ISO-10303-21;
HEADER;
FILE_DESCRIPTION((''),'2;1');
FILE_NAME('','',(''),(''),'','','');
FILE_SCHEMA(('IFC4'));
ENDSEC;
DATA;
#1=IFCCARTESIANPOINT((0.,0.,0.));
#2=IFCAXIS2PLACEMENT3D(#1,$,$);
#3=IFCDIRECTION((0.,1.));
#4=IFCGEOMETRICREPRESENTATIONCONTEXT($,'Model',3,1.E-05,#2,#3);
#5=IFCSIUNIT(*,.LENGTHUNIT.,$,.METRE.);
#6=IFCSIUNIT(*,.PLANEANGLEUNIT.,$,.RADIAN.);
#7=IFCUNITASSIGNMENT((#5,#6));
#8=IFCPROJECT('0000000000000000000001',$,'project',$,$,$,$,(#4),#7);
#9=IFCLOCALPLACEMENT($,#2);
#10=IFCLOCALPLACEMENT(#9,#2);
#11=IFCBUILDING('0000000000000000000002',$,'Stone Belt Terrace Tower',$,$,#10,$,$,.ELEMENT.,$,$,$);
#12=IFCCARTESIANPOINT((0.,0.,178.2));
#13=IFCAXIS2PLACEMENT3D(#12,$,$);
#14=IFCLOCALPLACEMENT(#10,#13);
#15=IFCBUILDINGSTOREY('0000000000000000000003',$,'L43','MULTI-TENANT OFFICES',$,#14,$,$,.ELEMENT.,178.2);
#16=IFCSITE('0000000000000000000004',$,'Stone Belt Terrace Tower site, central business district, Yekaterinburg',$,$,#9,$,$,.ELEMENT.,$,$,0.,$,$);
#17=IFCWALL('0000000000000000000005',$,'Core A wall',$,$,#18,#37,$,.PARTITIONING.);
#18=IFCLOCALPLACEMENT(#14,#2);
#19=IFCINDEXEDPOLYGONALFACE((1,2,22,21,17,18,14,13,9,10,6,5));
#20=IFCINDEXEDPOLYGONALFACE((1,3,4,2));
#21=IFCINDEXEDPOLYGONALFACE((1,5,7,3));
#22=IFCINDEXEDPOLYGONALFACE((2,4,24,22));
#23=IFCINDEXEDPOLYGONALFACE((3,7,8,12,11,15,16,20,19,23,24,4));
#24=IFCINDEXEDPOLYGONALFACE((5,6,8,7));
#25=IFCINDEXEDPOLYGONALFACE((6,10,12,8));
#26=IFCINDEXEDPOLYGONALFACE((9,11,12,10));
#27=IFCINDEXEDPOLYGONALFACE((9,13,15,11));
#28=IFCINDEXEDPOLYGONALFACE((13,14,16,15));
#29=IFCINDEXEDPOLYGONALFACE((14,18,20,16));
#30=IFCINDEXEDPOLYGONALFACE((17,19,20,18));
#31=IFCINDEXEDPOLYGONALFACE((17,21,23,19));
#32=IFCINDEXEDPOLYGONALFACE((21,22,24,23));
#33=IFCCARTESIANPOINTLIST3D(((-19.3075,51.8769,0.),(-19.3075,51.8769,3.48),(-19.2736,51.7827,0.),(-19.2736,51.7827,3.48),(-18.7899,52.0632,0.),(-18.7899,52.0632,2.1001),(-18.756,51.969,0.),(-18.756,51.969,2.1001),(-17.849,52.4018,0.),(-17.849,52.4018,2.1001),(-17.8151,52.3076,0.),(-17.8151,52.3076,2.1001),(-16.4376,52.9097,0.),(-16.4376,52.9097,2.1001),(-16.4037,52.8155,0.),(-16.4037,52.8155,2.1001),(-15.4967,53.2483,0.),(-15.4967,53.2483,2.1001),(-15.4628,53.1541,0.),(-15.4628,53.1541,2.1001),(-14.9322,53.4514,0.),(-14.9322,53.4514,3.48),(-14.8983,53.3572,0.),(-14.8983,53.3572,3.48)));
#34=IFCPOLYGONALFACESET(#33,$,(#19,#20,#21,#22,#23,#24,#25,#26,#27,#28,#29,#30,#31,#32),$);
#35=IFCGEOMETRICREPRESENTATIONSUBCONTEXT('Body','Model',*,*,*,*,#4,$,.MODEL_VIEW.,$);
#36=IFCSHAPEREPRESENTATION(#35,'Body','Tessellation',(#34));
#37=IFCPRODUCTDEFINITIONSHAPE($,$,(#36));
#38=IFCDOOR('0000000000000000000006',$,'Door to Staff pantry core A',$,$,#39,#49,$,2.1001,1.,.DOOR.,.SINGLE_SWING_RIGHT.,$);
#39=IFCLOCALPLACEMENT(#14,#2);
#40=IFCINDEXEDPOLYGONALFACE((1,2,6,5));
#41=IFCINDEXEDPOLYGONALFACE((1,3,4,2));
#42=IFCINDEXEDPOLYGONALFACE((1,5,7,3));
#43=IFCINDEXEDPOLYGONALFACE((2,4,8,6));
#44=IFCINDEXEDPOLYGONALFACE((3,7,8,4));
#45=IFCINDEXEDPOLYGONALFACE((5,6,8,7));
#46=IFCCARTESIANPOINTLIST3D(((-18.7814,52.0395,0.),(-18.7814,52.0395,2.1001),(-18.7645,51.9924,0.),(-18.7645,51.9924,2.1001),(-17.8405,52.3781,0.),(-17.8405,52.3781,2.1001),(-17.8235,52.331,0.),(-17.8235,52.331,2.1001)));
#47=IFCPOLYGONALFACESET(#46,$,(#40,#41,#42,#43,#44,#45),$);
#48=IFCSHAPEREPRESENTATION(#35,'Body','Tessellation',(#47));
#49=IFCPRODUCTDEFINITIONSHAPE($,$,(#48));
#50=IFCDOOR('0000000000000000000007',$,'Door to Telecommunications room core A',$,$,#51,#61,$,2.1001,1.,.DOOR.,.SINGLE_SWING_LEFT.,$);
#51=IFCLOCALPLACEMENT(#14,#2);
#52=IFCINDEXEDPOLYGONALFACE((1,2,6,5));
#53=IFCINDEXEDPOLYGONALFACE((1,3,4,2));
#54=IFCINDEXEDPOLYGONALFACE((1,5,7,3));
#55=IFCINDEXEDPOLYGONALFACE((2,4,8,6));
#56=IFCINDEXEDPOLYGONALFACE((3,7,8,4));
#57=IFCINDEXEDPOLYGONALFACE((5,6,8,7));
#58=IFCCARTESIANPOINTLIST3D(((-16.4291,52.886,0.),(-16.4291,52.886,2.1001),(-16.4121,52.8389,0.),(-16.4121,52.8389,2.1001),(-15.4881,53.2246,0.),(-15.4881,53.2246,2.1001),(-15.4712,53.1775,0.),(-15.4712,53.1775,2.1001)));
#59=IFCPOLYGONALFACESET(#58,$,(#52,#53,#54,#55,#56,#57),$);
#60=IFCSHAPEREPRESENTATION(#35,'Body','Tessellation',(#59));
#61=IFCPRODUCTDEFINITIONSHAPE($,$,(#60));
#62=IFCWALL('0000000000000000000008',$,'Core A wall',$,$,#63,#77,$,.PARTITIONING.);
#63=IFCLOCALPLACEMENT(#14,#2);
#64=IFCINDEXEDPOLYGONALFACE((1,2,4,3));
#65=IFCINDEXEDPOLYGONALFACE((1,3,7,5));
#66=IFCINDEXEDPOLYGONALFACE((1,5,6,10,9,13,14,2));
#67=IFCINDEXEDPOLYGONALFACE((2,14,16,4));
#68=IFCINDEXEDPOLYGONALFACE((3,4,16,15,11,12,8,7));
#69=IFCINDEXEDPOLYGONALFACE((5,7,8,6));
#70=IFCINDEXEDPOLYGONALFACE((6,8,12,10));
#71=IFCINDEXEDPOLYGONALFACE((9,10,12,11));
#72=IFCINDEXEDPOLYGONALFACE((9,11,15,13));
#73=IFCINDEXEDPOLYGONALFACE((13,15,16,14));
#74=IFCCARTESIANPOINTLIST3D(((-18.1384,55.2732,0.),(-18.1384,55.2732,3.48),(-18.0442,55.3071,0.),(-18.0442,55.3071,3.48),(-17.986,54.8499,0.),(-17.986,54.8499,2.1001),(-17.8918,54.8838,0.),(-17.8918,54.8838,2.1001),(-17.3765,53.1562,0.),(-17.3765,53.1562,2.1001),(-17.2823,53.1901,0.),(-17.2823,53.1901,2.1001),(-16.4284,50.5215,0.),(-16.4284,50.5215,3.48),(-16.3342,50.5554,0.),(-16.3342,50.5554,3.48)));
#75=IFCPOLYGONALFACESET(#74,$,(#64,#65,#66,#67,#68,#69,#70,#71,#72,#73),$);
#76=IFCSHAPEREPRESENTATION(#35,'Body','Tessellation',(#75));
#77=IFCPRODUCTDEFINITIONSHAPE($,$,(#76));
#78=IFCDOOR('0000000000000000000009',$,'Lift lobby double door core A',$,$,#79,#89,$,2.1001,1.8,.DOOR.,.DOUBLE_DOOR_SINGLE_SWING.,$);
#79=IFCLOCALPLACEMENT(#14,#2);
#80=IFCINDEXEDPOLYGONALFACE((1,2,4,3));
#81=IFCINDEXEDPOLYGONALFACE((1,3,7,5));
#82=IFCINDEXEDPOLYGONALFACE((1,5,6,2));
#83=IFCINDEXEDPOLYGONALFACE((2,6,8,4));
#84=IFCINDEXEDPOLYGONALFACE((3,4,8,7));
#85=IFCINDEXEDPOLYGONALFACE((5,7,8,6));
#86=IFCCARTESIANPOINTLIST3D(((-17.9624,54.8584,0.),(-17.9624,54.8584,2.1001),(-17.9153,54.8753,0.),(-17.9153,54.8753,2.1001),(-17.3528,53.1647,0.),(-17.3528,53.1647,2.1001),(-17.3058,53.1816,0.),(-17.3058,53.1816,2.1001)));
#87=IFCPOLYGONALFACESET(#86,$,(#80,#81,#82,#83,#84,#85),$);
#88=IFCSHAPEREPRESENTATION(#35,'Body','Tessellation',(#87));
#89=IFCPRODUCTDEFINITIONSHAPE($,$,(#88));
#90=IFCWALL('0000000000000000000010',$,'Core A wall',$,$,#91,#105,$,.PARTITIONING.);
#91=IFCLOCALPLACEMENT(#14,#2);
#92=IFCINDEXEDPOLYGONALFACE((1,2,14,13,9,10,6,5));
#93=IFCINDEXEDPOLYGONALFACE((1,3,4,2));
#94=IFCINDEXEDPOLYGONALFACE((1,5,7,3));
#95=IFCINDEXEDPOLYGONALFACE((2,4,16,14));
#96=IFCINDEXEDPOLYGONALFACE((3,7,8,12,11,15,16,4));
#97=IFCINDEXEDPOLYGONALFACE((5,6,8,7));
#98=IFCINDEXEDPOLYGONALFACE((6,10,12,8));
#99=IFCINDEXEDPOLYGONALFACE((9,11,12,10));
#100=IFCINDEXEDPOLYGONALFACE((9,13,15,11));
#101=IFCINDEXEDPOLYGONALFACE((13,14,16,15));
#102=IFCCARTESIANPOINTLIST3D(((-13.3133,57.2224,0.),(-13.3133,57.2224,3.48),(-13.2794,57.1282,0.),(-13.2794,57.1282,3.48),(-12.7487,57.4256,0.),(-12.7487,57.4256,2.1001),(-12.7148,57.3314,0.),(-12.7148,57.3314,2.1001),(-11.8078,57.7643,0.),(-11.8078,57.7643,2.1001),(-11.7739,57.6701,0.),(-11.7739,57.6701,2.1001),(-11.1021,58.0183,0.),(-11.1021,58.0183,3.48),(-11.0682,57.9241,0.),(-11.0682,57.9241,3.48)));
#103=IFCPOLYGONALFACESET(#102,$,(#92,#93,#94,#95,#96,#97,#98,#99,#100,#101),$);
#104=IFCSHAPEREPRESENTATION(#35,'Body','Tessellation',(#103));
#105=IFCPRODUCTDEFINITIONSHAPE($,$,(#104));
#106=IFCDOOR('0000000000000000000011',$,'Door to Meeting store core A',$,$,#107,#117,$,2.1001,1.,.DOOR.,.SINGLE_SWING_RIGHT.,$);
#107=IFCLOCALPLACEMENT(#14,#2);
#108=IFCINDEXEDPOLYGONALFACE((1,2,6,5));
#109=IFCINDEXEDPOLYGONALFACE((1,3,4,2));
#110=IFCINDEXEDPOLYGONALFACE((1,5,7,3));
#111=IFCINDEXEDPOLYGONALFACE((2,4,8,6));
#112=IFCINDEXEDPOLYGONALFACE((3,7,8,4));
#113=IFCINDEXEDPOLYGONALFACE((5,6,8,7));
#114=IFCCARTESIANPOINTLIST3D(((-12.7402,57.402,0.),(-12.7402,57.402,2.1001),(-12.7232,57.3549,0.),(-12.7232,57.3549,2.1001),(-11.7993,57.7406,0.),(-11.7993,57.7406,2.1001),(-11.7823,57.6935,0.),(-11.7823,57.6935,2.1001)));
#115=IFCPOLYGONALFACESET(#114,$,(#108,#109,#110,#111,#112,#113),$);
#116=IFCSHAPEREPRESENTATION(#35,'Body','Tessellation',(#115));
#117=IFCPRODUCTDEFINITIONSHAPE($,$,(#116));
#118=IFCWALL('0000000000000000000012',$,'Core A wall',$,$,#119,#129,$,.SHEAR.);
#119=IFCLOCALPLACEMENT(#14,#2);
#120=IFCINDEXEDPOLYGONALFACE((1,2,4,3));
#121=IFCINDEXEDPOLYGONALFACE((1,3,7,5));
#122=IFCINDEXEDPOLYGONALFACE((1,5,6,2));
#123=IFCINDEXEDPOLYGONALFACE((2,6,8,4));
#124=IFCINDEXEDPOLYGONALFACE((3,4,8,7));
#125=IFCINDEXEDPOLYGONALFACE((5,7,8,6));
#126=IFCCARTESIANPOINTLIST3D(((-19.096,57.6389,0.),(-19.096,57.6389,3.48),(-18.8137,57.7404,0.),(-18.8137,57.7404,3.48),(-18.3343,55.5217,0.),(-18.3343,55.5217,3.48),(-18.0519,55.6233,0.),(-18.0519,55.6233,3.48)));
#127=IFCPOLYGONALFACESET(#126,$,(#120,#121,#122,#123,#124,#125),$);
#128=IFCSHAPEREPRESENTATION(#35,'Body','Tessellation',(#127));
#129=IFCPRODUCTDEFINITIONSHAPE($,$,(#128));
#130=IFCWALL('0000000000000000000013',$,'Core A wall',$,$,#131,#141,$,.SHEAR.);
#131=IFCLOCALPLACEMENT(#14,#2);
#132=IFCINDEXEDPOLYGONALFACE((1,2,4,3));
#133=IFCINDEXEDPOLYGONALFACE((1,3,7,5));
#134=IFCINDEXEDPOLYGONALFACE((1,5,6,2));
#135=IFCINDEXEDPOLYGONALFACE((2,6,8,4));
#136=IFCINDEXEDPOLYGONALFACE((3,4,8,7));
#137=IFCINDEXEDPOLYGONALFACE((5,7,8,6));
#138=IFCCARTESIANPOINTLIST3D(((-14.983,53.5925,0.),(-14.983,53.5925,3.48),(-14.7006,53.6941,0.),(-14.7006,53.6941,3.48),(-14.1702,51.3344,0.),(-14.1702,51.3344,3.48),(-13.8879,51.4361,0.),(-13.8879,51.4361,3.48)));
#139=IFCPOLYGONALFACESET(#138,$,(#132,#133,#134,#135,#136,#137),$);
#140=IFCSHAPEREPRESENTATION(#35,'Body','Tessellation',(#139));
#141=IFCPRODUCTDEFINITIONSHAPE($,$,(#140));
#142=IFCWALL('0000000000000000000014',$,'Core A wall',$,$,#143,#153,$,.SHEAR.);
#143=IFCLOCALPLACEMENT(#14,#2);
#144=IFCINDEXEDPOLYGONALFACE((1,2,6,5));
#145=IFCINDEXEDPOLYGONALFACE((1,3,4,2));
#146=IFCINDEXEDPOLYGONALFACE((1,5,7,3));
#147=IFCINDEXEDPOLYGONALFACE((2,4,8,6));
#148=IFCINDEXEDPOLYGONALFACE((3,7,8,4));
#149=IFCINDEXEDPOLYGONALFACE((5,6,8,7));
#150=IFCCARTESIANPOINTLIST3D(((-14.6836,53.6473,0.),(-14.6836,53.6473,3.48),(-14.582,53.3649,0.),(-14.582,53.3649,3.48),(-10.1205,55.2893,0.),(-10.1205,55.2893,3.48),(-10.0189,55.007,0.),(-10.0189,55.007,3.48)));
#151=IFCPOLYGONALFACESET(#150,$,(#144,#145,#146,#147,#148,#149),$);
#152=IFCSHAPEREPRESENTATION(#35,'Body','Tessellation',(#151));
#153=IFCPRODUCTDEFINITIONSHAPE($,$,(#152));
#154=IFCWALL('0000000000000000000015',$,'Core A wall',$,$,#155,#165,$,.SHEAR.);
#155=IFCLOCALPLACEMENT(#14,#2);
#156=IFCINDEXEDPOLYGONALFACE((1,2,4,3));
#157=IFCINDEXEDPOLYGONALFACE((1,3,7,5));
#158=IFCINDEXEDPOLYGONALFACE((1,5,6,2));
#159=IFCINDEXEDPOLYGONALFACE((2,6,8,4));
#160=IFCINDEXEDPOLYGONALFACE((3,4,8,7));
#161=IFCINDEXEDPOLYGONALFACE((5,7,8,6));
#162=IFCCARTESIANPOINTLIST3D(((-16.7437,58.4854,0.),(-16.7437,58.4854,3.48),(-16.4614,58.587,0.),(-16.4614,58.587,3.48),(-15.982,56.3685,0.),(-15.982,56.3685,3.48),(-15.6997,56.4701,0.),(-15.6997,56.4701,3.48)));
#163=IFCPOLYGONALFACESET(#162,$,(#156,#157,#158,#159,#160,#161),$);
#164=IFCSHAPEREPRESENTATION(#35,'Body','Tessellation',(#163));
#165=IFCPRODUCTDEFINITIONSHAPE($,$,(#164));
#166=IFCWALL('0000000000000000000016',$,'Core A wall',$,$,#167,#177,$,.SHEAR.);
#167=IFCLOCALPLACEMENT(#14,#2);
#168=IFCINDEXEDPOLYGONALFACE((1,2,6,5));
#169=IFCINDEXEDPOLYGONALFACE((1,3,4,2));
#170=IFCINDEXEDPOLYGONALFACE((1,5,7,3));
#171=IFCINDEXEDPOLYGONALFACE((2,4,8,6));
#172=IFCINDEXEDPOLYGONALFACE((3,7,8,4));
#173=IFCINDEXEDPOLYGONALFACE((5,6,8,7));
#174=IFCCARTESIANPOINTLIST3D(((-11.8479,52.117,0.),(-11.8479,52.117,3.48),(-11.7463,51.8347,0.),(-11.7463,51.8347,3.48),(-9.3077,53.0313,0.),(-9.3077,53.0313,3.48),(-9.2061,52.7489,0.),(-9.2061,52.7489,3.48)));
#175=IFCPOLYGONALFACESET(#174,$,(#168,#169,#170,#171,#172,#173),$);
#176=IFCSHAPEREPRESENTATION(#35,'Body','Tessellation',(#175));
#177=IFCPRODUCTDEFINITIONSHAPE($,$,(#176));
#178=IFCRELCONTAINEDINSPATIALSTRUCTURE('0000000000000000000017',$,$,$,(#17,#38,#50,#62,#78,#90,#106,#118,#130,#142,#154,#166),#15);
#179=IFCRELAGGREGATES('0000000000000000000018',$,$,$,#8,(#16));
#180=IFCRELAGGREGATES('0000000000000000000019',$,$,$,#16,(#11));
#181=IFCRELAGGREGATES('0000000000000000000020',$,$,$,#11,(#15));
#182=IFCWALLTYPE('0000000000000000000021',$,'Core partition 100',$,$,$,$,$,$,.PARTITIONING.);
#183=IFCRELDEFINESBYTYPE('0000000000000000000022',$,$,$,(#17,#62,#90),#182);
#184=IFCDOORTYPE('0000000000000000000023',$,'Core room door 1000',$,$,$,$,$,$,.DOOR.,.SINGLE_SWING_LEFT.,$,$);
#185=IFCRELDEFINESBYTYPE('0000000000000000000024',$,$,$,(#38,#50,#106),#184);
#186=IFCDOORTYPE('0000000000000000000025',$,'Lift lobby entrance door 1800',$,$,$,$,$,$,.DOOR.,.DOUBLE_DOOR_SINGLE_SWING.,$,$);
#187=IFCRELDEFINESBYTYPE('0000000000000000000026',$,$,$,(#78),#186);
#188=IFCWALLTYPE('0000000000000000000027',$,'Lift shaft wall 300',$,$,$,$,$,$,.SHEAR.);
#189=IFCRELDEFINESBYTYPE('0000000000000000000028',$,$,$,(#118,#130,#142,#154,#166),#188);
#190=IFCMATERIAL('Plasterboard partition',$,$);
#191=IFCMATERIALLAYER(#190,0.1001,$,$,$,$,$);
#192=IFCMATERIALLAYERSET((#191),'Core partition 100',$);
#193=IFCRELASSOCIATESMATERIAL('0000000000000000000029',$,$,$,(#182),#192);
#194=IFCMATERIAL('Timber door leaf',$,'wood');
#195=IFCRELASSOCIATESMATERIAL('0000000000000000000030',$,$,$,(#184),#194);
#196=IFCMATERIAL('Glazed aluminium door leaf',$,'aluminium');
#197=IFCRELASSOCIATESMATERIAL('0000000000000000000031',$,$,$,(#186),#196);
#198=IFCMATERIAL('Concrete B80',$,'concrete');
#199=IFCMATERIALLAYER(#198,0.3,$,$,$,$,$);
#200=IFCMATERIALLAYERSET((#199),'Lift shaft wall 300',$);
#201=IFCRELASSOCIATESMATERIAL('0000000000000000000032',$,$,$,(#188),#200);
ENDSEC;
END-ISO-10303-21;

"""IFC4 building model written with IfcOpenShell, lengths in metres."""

from ifc_helpers import new_model, si_unit, direction, frame, frame_2d, origin, place, context, subcontext, project, spatial, rectangle, extrude, material, layer, layer_set, type_object, element, fill, save


model = new_model("IFC4")

# Units and contexts
model_context = context("Model", 3, precision=1e-05, world=origin(), true_north=direction((0.0, 1.0)))
body_context = subcontext(model_context, "Body", "Model", "MODEL_VIEW")
ifc_project = project(units=[si_unit("LENGTHUNIT", "METRE"), si_unit("PLANEANGLEUNIT", "RADIAN")], contexts=[model_context])

# Site, building, storey
site_placement = place(None, origin())
site = spatial("IfcSite", under=ifc_project, at=site_placement, Name="Stone Belt Terrace Tower site, central business district, Yekaterinburg", CompositionType="ELEMENT", RefElevation=0.0)
building_placement = place(site_placement, origin())
building = spatial("IfcBuilding", under=site, at=building_placement, Name="Stone Belt Terrace Tower", CompositionType="ELEMENT")
storey_placement = place(building_placement, frame((0.0, 0.0, 178.2)))
storey = spatial("IfcBuildingStorey", under=building, at=storey_placement, Name="L43", Description="MULTI-TENANT OFFICES", CompositionType="ELEMENT", Elevation=178.2)

# Shared definitions
ifc_material_1 = material(Name="Concrete B80", Category="concrete")

# Wall, openings, doors
ifc_material_2 = material(Name="Plasterboard partition")
ifc_layer_1 = layer(ifc_material_2, 0.1001)
ifc_layer_set_1 = layer_set([ifc_layer_1], Name="Core partition 100")
wall_type_1 = type_object("IfcWallType", Name="Core partition 100", PredefinedType="PARTITIONING", material=ifc_layer_set_1)
wall_1_placement = place(storey_placement, frame((-19.2905, 51.8298, 0.0), z_axis=(0.0, 0.0, 1.0), x_axis=(0.94093, 0.3386, 0.0)))
wall_1 = element("IfcWall", 1, at=wall_1_placement, inside=storey, type_object=wall_type_1, Name="Core A wall", PredefinedType="PARTITIONING", context=body_context, shape_type="SweptSolid", body=[
    extrude(rectangle(XDim=4.6499, YDim=0.1001, at=frame_2d((2.325, 0.0))), origin(), (0.0, 0.0, 1.0), 3.48),
])
opening_1_placement = place(wall_1_placement, frame((0.55, 0.0, 0.0)))
opening_1 = element("IfcOpeningElement", 2, at=opening_1_placement, cuts=wall_1, PredefinedType="OPENING", context=body_context, shape_type="SweptSolid", body=[
    extrude(rectangle(XDim=1.0, YDim=2.1001, at=frame_2d((0.5, 1.05))), frame((0.0, 0.0601, 0.0), z_axis=(0.0, -1.0, 0.0), x_axis=(1.0, 0.0, 0.0)), (0.0, 0.0, 1.0), 0.1201),
])
opening_2_placement = place(wall_1_placement, frame((3.05, 0.0, 0.0)))
opening_2 = element("IfcOpeningElement", 3, at=opening_2_placement, cuts=wall_1, PredefinedType="OPENING", context=body_context, shape_type="SweptSolid", body=[
    extrude(rectangle(XDim=1.0, YDim=2.1001, at=frame_2d((0.5, 1.05))), frame((0.0, 0.0601, 0.0), z_axis=(0.0, -1.0, 0.0), x_axis=(1.0, 0.0, 0.0)), (0.0, 0.0, 1.0), 0.1201),
])
ifc_material_3 = material(Name="Timber door leaf", Category="wood")
door_type_1 = type_object("IfcDoorType", Name="Core room door 1000", OperationType="SINGLE_SWING_LEFT", PredefinedType="DOOR", material=ifc_material_3)
door_1_placement = place(opening_1_placement, origin())
door_1 = element("IfcDoor", 4, at=door_1_placement, inside=storey, type_object=door_type_1, Name="Door to Staff pantry core A", OperationType="SINGLE_SWING_RIGHT", OverallHeight=2.1001, OverallWidth=1.0, PredefinedType="DOOR", context=body_context, shape_type="SweptSolid", body=[
    extrude(rectangle(XDim=1.0, YDim=2.1001, at=frame_2d((0.5, 1.05))), frame((0.0, 0.0249, 0.0), z_axis=(0.0, -1.0, 0.0), x_axis=(1.0, 0.0, 0.0)), (0.0, 0.0, 1.0), 0.05),
])
fill(opening_1, door_1)
door_2_placement = place(opening_2_placement, origin())
door_2 = element("IfcDoor", 5, at=door_2_placement, inside=storey, type_object=door_type_1, Name="Door to Telecommunications room core A", OperationType="SINGLE_SWING_LEFT", OverallHeight=2.1001, OverallWidth=1.0, PredefinedType="DOOR", context=body_context, shape_type="SweptSolid", body=[
    extrude(rectangle(XDim=1.0, YDim=2.1001, at=frame_2d((0.5, 1.05))), frame((0.0, 0.0249, 0.0), z_axis=(0.0, -1.0, 0.0), x_axis=(1.0, 0.0, 0.0)), (0.0, 0.0, 1.0), 0.05),
])
fill(opening_2, door_2)

# Walls, openings, doors
wall_2_placement = place(storey_placement, frame((-16.3813, 50.5386, 0.0), z_axis=(0.0, 0.0, 1.0), x_axis=(-0.338605, 0.940929, 0.0)))
wall_2 = element("IfcWall", 6, at=wall_2_placement, inside=storey, type_object=wall_type_1, Name="Core A wall", PredefinedType="PARTITIONING", context=body_context, shape_type="SweptSolid", body=[
    extrude(rectangle(XDim=5.05, YDim=0.1001, at=frame_2d((2.5249, 0.0))), origin(), (0.0, 0.0, 1.0), 3.48),
])
opening_3_placement = place(wall_2_placement, frame((2.8, 0.0, 0.0)))
opening_3 = element("IfcOpeningElement", 7, at=opening_3_placement, cuts=wall_2, PredefinedType="OPENING", context=body_context, shape_type="SweptSolid", body=[
    extrude(rectangle(XDim=1.8, YDim=2.1001, at=frame_2d((0.8999, 1.05))), frame((0.0, 0.0601, 0.0), z_axis=(0.0, -1.0, 0.0), x_axis=(1.0, 0.0, 0.0)), (0.0, 0.0, 1.0), 0.1201),
])
ifc_material_4 = material(Name="Glazed aluminium door leaf", Category="aluminium")
door_type_2 = type_object("IfcDoorType", Name="Lift lobby entrance door 1800", OperationType="DOUBLE_DOOR_SINGLE_SWING", PredefinedType="DOOR", material=ifc_material_4)
door_3_placement = place(opening_3_placement, origin())
door_3 = element("IfcDoor", 8, at=door_3_placement, inside=storey, type_object=door_type_2, Name="Lift lobby double door core A", OperationType="DOUBLE_DOOR_SINGLE_SWING", OverallHeight=2.1001, OverallWidth=1.8, PredefinedType="DOOR", context=body_context, shape_type="SweptSolid", body=[
    extrude(rectangle(XDim=1.8, YDim=2.1001, at=frame_2d((0.8999, 1.05))), frame((0.0, 0.0249, 0.0), z_axis=(0.0, -1.0, 0.0), x_axis=(1.0, 0.0, 0.0)), (0.0, 0.0, 1.0), 0.05),
])
fill(opening_3, door_3)
wall_3_placement = place(storey_placement, frame((-13.2964, 57.1753, 0.0), z_axis=(0.0, 0.0, 1.0), x_axis=(0.940905, 0.338672, 0.0)))
wall_3 = element("IfcWall", 9, at=wall_3_placement, inside=storey, type_object=wall_type_1, Name="Core A wall", PredefinedType="PARTITIONING", context=body_context, shape_type="SweptSolid", body=[
    extrude(rectangle(XDim=2.3501, YDim=0.1001, at=frame_2d((1.175, 0.0))), origin(), (0.0, 0.0, 1.0), 3.48),
])
opening_4_placement = place(wall_3_placement, frame((0.6001, 0.0, 0.0)))
opening_4 = element("IfcOpeningElement", 10, at=opening_4_placement, cuts=wall_3, PredefinedType="OPENING", context=body_context, shape_type="SweptSolid", body=[
    extrude(rectangle(XDim=1.0, YDim=2.1001, at=frame_2d((0.5, 1.05))), frame((0.0, 0.0601, 0.0), z_axis=(0.0, -1.0, 0.0), x_axis=(1.0, 0.0, 0.0)), (0.0, 0.0, 1.0), 0.1201),
])
door_4_placement = place(opening_4_placement, origin())
door_4 = element("IfcDoor", 11, at=door_4_placement, inside=storey, type_object=door_type_1, Name="Door to Meeting store core A", OperationType="SINGLE_SWING_RIGHT", OverallHeight=2.1001, OverallWidth=1.0, PredefinedType="DOOR", context=body_context, shape_type="SweptSolid", body=[
    extrude(rectangle(XDim=1.0, YDim=2.1001, at=frame_2d((0.5, 1.05))), frame((0.0, 0.0249, 0.0), z_axis=(0.0, -1.0, 0.0), x_axis=(1.0, 0.0, 0.0)), (0.0, 0.0, 1.0), 0.05),
])
fill(opening_4, door_4)

# Walls
ifc_layer_2 = layer(ifc_material_1, 0.3)
ifc_layer_set_2 = layer_set([ifc_layer_2], Name="Lift shaft wall 300")
wall_type_2 = type_object("IfcWallType", Name="Lift shaft wall 300", PredefinedType="SHEAR", material=ifc_layer_set_2)
wall_4_placement = place(storey_placement, frame((-18.1931, 55.5725, 0.0), z_axis=(0.0, 0.0, 1.0), x_axis=(-0.338535, 0.940954, 0.0)))
element("IfcWall", 12, at=wall_4_placement, inside=storey, type_object=wall_type_2, Name="Core A wall", PredefinedType="SHEAR", context=body_context, shape_type="SweptSolid", body=[
    extrude(rectangle(XDim=2.25, YDim=0.3, at=frame_2d((1.125, 0.0))), origin(), (0.0, 0.0, 1.0), 3.48),
])
wall_5_placement = place(storey_placement, frame((-14.0291, 51.3853, 0.0), z_axis=(0.0, 0.0, 1.0), x_axis=(-0.338662, 0.940908, 0.0)))
element("IfcWall", 13, at=wall_5_placement, inside=storey, type_object=wall_type_2, Name="Core A wall", PredefinedType="SHEAR", context=body_context, shape_type="SweptSolid", body=[
    extrude(rectangle(XDim=2.3999, YDim=0.3, at=frame_2d((1.2, 0.0))), origin(), (0.0, 0.0, 1.0), 3.48),
])
wall_6_placement = place(storey_placement, frame((-14.6328, 53.5061, 0.0), z_axis=(0.0, 0.0, 1.0), x_axis=(0.940932, 0.338596, 0.0)))
element("IfcWall", 14, at=wall_6_placement, inside=storey, type_object=wall_type_2, Name="Core A wall", PredefinedType="SHEAR", context=body_context, shape_type="SweptSolid", body=[
    extrude(rectangle(XDim=4.8496, YDim=0.3, at=frame_2d((2.4248, 0.0))), origin(), (0.0, 0.0, 1.0), 3.48),
])
wall_7_placement = place(storey_placement, frame((-15.8408, 56.4192, 0.0), z_axis=(0.0, 0.0, 1.0), x_axis=(-0.33857, 0.940941, 0.0)))
element("IfcWall", 15, at=wall_7_placement, inside=storey, type_object=wall_type_2, Name="Core A wall", PredefinedType="SHEAR", context=body_context, shape_type="SweptSolid", body=[
    extrude(rectangle(XDim=2.2498, YDim=0.3, at=frame_2d((1.125, 0.0))), origin(), (0.0, 0.0, 1.0), 3.48),
])
wall_8_placement = place(storey_placement, frame((-11.7971, 51.9758, 0.0), z_axis=(0.0, 0.0, 1.0), x_axis=(0.94091, 0.338655, 0.0)))
element("IfcWall", 16, at=wall_8_placement, inside=storey, type_object=wall_type_2, Name="Core A wall", PredefinedType="SHEAR", context=body_context, shape_type="SweptSolid", body=[
    extrude(rectangle(XDim=2.6997, YDim=0.3, at=frame_2d((1.3499, 0.0))), origin(), (0.0, 0.0, 1.0), 3.48),
])

save(model, "model.ifc")
